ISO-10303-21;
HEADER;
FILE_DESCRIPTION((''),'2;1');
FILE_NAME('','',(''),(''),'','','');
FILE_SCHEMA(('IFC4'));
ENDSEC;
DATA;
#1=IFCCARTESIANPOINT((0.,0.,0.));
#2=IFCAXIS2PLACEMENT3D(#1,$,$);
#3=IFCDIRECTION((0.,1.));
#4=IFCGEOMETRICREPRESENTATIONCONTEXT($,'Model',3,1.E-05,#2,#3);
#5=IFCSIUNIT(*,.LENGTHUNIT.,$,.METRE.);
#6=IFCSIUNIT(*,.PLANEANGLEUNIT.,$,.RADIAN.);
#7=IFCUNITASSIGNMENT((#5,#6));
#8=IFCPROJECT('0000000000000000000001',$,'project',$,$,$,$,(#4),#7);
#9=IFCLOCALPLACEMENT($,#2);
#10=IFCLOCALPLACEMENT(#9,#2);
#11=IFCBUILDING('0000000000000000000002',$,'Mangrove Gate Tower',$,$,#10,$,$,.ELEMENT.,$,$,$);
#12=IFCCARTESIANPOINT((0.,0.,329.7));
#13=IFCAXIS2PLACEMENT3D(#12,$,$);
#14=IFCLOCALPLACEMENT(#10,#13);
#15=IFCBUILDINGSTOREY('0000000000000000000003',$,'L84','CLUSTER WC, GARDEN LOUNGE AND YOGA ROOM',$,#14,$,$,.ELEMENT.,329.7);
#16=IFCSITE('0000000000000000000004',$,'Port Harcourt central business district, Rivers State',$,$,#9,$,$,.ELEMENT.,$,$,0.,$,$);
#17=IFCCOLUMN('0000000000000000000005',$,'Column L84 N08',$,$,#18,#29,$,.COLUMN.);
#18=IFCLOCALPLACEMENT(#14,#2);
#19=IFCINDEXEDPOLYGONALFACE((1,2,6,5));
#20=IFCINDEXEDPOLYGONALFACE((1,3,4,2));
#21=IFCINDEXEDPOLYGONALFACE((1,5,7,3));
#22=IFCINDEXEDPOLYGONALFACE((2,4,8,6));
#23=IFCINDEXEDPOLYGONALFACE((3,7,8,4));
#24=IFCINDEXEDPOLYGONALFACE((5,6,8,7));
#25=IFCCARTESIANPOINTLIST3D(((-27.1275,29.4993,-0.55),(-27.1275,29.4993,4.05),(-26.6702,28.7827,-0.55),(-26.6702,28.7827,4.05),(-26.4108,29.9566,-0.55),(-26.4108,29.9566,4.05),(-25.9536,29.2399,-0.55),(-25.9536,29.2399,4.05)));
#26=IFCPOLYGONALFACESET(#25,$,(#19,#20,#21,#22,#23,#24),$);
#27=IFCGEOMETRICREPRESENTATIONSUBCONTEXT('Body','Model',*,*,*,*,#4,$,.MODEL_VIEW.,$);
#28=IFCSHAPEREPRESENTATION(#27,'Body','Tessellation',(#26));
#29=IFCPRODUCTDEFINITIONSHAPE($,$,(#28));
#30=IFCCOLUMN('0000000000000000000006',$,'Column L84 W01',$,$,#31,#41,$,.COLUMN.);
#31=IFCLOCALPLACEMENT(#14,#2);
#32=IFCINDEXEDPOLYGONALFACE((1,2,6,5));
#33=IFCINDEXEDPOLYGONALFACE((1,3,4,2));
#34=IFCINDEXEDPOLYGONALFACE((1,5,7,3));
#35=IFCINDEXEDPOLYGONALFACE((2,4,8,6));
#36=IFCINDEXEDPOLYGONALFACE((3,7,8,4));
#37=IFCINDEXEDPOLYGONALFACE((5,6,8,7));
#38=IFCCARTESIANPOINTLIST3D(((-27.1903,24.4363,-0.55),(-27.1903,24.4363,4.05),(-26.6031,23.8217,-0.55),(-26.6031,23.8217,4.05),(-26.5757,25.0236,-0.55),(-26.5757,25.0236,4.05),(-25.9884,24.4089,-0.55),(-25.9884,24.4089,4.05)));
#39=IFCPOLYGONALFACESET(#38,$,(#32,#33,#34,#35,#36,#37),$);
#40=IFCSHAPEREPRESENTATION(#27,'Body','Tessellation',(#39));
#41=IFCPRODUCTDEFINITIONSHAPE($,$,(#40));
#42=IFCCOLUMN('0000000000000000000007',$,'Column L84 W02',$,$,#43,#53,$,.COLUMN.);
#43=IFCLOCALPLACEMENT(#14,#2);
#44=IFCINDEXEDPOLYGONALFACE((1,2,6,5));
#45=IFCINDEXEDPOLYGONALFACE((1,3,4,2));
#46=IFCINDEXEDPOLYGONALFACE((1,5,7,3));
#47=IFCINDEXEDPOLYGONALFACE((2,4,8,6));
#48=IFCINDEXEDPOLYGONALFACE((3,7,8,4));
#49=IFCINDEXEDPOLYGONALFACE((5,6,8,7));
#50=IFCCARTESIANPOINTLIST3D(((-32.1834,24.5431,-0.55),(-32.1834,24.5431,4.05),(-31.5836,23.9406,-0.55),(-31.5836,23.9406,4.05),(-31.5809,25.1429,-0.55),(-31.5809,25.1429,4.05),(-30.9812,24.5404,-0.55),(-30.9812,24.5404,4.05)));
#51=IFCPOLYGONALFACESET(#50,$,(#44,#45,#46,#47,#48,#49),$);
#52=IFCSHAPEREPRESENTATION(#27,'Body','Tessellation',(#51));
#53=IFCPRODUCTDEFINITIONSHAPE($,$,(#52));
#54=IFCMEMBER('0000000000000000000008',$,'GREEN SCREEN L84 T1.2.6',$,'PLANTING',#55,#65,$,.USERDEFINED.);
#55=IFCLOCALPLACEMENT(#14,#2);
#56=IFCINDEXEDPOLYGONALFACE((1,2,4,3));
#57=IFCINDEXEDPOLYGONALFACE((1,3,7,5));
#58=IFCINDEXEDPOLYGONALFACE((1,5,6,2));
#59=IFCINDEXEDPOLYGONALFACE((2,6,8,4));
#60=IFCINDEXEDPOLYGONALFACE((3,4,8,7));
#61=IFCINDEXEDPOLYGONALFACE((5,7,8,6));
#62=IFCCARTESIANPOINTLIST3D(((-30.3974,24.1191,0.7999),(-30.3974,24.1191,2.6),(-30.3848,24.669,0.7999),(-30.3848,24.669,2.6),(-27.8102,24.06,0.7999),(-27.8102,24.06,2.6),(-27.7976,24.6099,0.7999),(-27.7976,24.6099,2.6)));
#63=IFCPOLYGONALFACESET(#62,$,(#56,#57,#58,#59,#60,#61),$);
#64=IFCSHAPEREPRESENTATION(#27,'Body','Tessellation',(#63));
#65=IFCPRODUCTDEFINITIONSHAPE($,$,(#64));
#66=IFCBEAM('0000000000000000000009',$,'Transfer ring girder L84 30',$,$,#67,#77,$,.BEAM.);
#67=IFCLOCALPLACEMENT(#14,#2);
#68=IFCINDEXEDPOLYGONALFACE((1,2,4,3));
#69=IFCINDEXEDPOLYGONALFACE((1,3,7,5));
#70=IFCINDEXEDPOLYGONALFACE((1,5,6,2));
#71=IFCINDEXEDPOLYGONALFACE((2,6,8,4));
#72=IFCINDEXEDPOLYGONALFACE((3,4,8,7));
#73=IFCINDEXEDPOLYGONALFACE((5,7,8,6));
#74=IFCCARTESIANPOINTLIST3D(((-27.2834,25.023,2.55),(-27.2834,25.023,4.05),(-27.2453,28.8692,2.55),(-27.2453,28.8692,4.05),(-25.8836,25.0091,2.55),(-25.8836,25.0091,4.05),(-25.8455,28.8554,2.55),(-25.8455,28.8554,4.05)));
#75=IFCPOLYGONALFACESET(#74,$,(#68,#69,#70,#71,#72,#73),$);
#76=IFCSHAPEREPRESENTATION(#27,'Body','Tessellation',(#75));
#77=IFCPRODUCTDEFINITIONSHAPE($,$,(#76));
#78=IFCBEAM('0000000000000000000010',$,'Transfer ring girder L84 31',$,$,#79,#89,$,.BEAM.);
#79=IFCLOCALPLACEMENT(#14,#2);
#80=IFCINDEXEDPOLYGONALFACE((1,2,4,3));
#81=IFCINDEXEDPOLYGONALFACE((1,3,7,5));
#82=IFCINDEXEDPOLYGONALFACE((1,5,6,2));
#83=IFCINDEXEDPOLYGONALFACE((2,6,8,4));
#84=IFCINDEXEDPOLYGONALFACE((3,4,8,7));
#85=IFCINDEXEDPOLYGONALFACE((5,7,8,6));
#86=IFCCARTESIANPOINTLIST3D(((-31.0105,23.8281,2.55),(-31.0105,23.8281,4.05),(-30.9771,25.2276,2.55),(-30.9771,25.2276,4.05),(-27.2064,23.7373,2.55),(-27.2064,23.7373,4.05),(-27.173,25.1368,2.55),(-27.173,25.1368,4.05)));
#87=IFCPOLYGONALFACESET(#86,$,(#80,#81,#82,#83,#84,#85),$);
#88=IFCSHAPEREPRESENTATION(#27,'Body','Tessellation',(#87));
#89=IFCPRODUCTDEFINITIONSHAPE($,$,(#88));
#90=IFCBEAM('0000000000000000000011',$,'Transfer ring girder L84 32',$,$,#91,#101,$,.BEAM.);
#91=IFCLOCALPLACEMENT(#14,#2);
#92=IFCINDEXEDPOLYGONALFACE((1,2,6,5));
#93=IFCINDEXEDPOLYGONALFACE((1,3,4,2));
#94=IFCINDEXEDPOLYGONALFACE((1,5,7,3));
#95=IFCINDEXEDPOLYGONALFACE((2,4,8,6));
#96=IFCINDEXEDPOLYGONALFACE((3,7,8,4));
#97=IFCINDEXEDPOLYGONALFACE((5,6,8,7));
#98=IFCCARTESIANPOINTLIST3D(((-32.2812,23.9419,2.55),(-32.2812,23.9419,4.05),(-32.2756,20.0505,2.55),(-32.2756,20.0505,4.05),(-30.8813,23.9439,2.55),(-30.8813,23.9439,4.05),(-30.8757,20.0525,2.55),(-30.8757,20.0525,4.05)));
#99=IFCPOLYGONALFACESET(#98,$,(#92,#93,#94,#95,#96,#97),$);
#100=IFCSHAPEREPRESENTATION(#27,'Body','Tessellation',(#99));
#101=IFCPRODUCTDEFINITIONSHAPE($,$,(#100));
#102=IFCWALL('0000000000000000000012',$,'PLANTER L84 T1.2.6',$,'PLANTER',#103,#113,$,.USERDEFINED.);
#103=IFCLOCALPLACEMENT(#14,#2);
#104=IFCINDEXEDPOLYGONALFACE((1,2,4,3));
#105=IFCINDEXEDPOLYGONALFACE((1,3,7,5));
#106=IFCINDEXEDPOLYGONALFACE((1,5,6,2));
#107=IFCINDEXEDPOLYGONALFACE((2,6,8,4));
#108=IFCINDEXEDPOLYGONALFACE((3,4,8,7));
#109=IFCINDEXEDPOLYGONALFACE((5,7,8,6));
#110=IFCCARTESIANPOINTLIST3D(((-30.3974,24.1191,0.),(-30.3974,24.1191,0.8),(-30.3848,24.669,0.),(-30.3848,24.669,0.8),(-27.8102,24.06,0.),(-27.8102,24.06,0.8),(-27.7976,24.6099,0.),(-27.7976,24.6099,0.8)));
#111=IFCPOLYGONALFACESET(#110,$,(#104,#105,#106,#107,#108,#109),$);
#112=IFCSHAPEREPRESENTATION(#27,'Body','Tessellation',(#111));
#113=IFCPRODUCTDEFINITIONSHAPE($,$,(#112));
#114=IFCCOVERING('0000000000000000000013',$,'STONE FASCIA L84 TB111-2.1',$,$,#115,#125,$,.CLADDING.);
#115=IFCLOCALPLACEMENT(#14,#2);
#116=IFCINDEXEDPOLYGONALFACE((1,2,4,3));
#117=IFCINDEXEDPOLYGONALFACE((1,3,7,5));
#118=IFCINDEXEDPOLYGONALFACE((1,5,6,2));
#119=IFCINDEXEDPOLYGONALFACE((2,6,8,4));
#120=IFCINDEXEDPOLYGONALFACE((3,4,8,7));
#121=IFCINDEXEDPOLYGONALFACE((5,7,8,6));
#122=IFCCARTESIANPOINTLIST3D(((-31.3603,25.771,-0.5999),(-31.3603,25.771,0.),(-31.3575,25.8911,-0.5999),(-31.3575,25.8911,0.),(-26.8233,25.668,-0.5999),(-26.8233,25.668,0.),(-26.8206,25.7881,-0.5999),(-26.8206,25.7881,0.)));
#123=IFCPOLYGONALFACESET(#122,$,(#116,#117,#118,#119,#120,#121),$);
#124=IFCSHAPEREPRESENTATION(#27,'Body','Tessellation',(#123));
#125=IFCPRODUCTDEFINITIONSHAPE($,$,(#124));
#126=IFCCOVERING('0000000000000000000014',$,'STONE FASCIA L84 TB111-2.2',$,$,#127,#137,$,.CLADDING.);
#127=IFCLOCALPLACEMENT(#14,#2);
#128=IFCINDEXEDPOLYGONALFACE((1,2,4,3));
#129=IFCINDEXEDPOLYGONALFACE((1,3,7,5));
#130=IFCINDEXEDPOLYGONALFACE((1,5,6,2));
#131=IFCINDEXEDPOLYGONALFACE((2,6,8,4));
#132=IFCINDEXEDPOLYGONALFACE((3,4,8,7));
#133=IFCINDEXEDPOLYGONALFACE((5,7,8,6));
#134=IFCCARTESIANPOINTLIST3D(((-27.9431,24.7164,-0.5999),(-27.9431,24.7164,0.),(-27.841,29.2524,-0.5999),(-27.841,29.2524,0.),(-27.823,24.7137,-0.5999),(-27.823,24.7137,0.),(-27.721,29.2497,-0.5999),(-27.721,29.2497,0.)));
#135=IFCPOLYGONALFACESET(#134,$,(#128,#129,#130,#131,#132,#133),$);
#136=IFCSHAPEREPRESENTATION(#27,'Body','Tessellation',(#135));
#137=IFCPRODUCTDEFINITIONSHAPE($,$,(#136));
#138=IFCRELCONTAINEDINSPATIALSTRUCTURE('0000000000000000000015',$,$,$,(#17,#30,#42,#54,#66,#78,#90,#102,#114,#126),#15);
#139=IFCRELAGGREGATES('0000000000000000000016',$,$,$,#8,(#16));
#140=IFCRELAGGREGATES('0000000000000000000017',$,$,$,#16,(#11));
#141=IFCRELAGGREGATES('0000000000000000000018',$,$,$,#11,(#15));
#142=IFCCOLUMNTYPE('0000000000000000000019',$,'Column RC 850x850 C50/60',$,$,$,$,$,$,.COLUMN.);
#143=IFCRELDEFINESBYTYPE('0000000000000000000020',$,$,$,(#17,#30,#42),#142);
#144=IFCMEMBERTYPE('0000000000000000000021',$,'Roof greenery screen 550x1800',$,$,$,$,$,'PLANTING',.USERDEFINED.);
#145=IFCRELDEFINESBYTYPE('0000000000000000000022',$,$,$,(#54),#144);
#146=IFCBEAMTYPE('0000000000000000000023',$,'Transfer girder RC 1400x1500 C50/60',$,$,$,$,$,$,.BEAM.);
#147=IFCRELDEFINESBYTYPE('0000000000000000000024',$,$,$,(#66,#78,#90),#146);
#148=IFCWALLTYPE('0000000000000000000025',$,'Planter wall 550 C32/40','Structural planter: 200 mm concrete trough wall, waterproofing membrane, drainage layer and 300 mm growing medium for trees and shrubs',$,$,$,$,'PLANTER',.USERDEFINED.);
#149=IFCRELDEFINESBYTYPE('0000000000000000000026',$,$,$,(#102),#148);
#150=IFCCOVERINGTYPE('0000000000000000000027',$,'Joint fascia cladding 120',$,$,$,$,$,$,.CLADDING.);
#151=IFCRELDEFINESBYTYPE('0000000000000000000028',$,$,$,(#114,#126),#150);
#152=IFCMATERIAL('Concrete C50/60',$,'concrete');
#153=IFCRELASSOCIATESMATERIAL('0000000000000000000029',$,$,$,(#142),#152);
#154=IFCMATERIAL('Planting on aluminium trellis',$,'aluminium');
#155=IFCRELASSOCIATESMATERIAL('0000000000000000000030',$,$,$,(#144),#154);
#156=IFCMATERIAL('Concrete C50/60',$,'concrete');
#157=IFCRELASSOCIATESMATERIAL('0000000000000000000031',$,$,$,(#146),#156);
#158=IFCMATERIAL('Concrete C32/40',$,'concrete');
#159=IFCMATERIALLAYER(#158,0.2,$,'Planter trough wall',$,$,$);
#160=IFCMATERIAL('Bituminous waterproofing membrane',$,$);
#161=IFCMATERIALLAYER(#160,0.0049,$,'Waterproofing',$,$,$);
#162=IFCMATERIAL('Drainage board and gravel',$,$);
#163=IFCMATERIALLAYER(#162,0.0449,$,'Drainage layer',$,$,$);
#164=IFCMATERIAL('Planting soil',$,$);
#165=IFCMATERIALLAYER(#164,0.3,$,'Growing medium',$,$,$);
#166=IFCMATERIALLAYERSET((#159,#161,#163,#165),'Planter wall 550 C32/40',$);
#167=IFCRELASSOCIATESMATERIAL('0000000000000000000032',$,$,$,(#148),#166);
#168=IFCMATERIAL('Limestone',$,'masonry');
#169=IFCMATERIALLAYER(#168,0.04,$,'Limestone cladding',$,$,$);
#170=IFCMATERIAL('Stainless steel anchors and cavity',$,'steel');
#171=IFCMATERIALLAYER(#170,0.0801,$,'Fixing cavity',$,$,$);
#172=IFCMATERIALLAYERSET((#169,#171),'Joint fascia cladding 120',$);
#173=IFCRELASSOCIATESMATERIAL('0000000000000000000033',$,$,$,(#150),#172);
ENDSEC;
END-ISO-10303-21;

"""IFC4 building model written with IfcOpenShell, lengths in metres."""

from ifc_helpers import new_model, si_unit, direction, frame, frame_2d, origin, origin_2d, place, context, subcontext, project, spatial, rectangle, extrude, material, layer, layer_set, material_profile, profile_set, type_object, element, save


model = new_model("IFC4")

# Units and contexts
model_context = context("Model", 3, precision=1e-05, world=origin(), true_north=direction((0.0, 1.0)))
body_context = subcontext(model_context, "Body", "Model", "MODEL_VIEW")
ifc_project = project(units=[si_unit("LENGTHUNIT", "METRE"), si_unit("PLANEANGLEUNIT", "RADIAN")], contexts=[model_context])

# Site, building, storey
site_placement = place(None, origin())
site = spatial("IfcSite", under=ifc_project, at=site_placement, Name="Port Harcourt central business district, Rivers State", CompositionType="ELEMENT", RefElevation=0.0)
building_placement = place(site_placement, origin())
building = spatial("IfcBuilding", under=site, at=building_placement, Name="Mangrove Gate Tower", CompositionType="ELEMENT")
storey_placement = place(building_placement, frame((0.0, 0.0, 329.7)))
storey = spatial("IfcBuildingStorey", under=building, at=storey_placement, Name="L84", Description="CLUSTER WC, GARDEN LOUNGE AND YOGA ROOM", CompositionType="ELEMENT", Elevation=329.7)

# Columns
ifc_material_1 = material(Name="Concrete C50/60", Category="concrete")
ifc_material_profile_1 = material_profile(ifc_material_1, rectangle(XDim=0.8501, YDim=0.8501, at=origin_2d()))
ifc_profile_set_1 = profile_set([ifc_material_profile_1], Name="Concrete C50/60")
column_type = type_object("IfcColumnType", Name="Column RC 850x850 C50/60", PredefinedType="COLUMN", material=ifc_profile_set_1)
for number, where, z_axis, x_axis, name in (
    (1, (-26.5405, 29.3696, -0.55), (0.0, 0.0, 1.0), (-0.843037, -0.537855, 0.0), "Column L84 N08"),
    (2, (-26.5894, 24.4226, -0.55), (0.0, 0.0, 1.0), (-0.723044, -0.690802, 0.0), "Column L84 W01"),
    (3, (-31.5823, 24.5417, -0.55), (0.0, 0.0, 1.0), (-0.708698, -0.705512, 0.0), "Column L84 W02"),
):
    element("IfcColumn", number, at=place(storey_placement, frame(where, z_axis=z_axis, x_axis=x_axis)), inside=storey, type_object=column_type, Name=name, PredefinedType="COLUMN", context=body_context, shape_type="SweptSolid", body=[
        extrude(rectangle(XDim=0.8501, YDim=0.8501, at=origin_2d()), origin(), (0.0, 0.0, 1.0), 4.6001),
    ])

# Member
ifc_material_2 = material(Name="Planting on aluminium trellis", Category="aluminium")
ifc_material_profile_2 = material_profile(ifc_material_2, rectangle(XDim=0.55, YDim=1.8, at=origin_2d()))
ifc_profile_set_2 = profile_set([ifc_material_profile_2], Name="Planting on aluminium trellis")
member_type = type_object("IfcMemberType", Name="Roof greenery screen 550x1800", ElementType="PLANTING", PredefinedType="USERDEFINED", material=ifc_profile_set_2)
member_placement = place(storey_placement, frame((-30.3911, 24.394, 1.7), z_axis=(0.999739, -0.022831, 0.0), x_axis=(0.022831, 0.999739, 0.0)))
element("IfcMember", 4, at=member_placement, inside=storey, type_object=member_type, Name="GREEN SCREEN L84 T1.2.6", ObjectType="PLANTING", PredefinedType="USERDEFINED", context=body_context, shape_type="SweptSolid", body=[
    extrude(rectangle(XDim=0.55, YDim=1.8, at=origin_2d()), origin(), (0.0, 0.0, 1.0), 2.5879),
])

# Beams
ifc_material_3 = material(Name="Concrete C50/60", Category="concrete")
ifc_material_profile_3 = material_profile(ifc_material_3, rectangle(XDim=1.3999, YDim=1.5, at=origin_2d()))
ifc_profile_set_3 = profile_set([ifc_material_profile_3], Name="Concrete C50/60")
beam_type = type_object("IfcBeamType", Name="Transfer girder RC 1400x1500 C50/60", PredefinedType="BEAM", material=ifc_profile_set_3)
beam_1_placement = place(storey_placement, frame((-26.5454, 28.8623, 3.3), z_axis=(-0.009902, -0.999951, 0.0), x_axis=(0.999951, -0.009902, 0.0)))
element("IfcBeam", 5, at=beam_1_placement, inside=storey, type_object=beam_type, Name="Transfer ring girder L84 30", PredefinedType="BEAM", context=body_context, shape_type="SweptSolid", body=[
    extrude(rectangle(XDim=1.3999, YDim=1.5, at=origin_2d()), origin(), (0.0, 0.0, 1.0), 3.8464),
])
beam_2_placement = place(storey_placement, frame((-27.1897, 24.437, 3.3), z_axis=(-0.999715, 0.023867, 0.0), x_axis=(-0.023867, -0.999715, 0.0)))
element("IfcBeam", 6, at=beam_2_placement, inside=storey, type_object=beam_type, Name="Transfer ring girder L84 31", PredefinedType="BEAM", context=body_context, shape_type="SweptSolid", body=[
    extrude(rectangle(XDim=1.3999, YDim=1.5, at=origin_2d()), origin(), (0.0, 0.0, 1.0), 3.8052),
])
beam_3_placement = place(storey_placement, frame((-31.5813, 23.9429, 3.3), z_axis=(0.001443, -0.999999, 0.0), x_axis=(0.999999, 0.001443, 0.0)))
element("IfcBeam", 7, at=beam_3_placement, inside=storey, type_object=beam_type, Name="Transfer ring girder L84 32", PredefinedType="BEAM", context=body_context, shape_type="SweptSolid", body=[
    extrude(rectangle(XDim=1.3999, YDim=1.5, at=origin_2d()), origin(), (0.0, 0.0, 1.0), 3.8914),
])

# Wall
ifc_material_4 = material(Name="Concrete C32/40", Category="concrete")
ifc_layer_1 = layer(ifc_material_4, 0.2, Name="Planter trough wall")
ifc_material_5 = material(Name="Bituminous waterproofing membrane")
ifc_layer_2 = layer(ifc_material_5, 0.0049, Name="Waterproofing")
ifc_material_6 = material(Name="Drainage board and gravel")
ifc_layer_3 = layer(ifc_material_6, 0.0449, Name="Drainage layer")
ifc_material_7 = material(Name="Planting soil")
ifc_layer_4 = layer(ifc_material_7, 0.3, Name="Growing medium")
ifc_layer_set_1 = layer_set([ifc_layer_1, ifc_layer_2, ifc_layer_3, ifc_layer_4], Name="Planter wall 550 C32/40")
wall_type = type_object("IfcWallType", Name="Planter wall 550 C32/40", Description="Structural planter: 200 mm concrete trough wall, waterproofing membrane, drainage layer and 300 mm growing medium for trees and shrubs", ElementType="PLANTER", PredefinedType="USERDEFINED", material=ifc_layer_set_1)
wall_placement = place(storey_placement, frame((-30.3911, 24.394, 0.0), z_axis=(0.0, 0.0, 1.0), x_axis=(0.999739, -0.022831, 0.0)))
element("IfcWall", 8, at=wall_placement, inside=storey, type_object=wall_type, Name="PLANTER L84 T1.2.6", ObjectType="PLANTER", PredefinedType="USERDEFINED", context=body_context, shape_type="SweptSolid", body=[
    extrude(rectangle(XDim=2.5879, YDim=0.55, at=frame_2d((1.2939, 0.0))), origin(), (0.0, 0.0, 1.0), 0.8),
])

# Coverings
ifc_material_8 = material(Name="Limestone", Category="masonry")
ifc_layer_5 = layer(ifc_material_8, 0.04, Name="Limestone cladding")
ifc_material_9 = material(Name="Stainless steel anchors and cavity", Category="steel")
ifc_layer_6 = layer(ifc_material_9, 0.0801, Name="Fixing cavity")
ifc_layer_set_2 = layer_set([ifc_layer_5, ifc_layer_6], Name="Joint fascia cladding 120")
covering_type = type_object("IfcCoveringType", Name="Joint fascia cladding 120", PredefinedType="CLADDING", material=ifc_layer_set_2)
covering_1_placement = place(storey_placement, frame((-31.3589, 25.8311, -0.5999), z_axis=(0.0, 0.0, 1.0), x_axis=(0.999742, -0.022703, 0.0)))
element("IfcCovering", 9, at=covering_1_placement, inside=storey, type_object=covering_type, Name="STONE FASCIA L84 TB111-2.1", PredefinedType="CLADDING", context=body_context, shape_type="SweptSolid", body=[
    extrude(rectangle(XDim=4.5381, YDim=0.1201, at=frame_2d((2.269, 0.0))), origin(), (0.0, 0.0, 1.0), 0.5999),
])
covering_2_placement = place(storey_placement, frame((-27.8831, 24.7151, -0.5999), z_axis=(0.0, 0.0, 1.0), x_axis=(0.022493, 0.999747, 0.0)))
element("IfcCovering", 10, at=covering_2_placement, inside=storey, type_object=covering_type, Name="STONE FASCIA L84 TB111-2.2", PredefinedType="CLADDING", context=body_context, shape_type="SweptSolid", body=[
    extrude(rectangle(XDim=4.5371, YDim=0.1201, at=frame_2d((2.2686, 0.0))), origin(), (0.0, 0.0, 1.0), 0.5999),
])

save(model, "model.ifc")
